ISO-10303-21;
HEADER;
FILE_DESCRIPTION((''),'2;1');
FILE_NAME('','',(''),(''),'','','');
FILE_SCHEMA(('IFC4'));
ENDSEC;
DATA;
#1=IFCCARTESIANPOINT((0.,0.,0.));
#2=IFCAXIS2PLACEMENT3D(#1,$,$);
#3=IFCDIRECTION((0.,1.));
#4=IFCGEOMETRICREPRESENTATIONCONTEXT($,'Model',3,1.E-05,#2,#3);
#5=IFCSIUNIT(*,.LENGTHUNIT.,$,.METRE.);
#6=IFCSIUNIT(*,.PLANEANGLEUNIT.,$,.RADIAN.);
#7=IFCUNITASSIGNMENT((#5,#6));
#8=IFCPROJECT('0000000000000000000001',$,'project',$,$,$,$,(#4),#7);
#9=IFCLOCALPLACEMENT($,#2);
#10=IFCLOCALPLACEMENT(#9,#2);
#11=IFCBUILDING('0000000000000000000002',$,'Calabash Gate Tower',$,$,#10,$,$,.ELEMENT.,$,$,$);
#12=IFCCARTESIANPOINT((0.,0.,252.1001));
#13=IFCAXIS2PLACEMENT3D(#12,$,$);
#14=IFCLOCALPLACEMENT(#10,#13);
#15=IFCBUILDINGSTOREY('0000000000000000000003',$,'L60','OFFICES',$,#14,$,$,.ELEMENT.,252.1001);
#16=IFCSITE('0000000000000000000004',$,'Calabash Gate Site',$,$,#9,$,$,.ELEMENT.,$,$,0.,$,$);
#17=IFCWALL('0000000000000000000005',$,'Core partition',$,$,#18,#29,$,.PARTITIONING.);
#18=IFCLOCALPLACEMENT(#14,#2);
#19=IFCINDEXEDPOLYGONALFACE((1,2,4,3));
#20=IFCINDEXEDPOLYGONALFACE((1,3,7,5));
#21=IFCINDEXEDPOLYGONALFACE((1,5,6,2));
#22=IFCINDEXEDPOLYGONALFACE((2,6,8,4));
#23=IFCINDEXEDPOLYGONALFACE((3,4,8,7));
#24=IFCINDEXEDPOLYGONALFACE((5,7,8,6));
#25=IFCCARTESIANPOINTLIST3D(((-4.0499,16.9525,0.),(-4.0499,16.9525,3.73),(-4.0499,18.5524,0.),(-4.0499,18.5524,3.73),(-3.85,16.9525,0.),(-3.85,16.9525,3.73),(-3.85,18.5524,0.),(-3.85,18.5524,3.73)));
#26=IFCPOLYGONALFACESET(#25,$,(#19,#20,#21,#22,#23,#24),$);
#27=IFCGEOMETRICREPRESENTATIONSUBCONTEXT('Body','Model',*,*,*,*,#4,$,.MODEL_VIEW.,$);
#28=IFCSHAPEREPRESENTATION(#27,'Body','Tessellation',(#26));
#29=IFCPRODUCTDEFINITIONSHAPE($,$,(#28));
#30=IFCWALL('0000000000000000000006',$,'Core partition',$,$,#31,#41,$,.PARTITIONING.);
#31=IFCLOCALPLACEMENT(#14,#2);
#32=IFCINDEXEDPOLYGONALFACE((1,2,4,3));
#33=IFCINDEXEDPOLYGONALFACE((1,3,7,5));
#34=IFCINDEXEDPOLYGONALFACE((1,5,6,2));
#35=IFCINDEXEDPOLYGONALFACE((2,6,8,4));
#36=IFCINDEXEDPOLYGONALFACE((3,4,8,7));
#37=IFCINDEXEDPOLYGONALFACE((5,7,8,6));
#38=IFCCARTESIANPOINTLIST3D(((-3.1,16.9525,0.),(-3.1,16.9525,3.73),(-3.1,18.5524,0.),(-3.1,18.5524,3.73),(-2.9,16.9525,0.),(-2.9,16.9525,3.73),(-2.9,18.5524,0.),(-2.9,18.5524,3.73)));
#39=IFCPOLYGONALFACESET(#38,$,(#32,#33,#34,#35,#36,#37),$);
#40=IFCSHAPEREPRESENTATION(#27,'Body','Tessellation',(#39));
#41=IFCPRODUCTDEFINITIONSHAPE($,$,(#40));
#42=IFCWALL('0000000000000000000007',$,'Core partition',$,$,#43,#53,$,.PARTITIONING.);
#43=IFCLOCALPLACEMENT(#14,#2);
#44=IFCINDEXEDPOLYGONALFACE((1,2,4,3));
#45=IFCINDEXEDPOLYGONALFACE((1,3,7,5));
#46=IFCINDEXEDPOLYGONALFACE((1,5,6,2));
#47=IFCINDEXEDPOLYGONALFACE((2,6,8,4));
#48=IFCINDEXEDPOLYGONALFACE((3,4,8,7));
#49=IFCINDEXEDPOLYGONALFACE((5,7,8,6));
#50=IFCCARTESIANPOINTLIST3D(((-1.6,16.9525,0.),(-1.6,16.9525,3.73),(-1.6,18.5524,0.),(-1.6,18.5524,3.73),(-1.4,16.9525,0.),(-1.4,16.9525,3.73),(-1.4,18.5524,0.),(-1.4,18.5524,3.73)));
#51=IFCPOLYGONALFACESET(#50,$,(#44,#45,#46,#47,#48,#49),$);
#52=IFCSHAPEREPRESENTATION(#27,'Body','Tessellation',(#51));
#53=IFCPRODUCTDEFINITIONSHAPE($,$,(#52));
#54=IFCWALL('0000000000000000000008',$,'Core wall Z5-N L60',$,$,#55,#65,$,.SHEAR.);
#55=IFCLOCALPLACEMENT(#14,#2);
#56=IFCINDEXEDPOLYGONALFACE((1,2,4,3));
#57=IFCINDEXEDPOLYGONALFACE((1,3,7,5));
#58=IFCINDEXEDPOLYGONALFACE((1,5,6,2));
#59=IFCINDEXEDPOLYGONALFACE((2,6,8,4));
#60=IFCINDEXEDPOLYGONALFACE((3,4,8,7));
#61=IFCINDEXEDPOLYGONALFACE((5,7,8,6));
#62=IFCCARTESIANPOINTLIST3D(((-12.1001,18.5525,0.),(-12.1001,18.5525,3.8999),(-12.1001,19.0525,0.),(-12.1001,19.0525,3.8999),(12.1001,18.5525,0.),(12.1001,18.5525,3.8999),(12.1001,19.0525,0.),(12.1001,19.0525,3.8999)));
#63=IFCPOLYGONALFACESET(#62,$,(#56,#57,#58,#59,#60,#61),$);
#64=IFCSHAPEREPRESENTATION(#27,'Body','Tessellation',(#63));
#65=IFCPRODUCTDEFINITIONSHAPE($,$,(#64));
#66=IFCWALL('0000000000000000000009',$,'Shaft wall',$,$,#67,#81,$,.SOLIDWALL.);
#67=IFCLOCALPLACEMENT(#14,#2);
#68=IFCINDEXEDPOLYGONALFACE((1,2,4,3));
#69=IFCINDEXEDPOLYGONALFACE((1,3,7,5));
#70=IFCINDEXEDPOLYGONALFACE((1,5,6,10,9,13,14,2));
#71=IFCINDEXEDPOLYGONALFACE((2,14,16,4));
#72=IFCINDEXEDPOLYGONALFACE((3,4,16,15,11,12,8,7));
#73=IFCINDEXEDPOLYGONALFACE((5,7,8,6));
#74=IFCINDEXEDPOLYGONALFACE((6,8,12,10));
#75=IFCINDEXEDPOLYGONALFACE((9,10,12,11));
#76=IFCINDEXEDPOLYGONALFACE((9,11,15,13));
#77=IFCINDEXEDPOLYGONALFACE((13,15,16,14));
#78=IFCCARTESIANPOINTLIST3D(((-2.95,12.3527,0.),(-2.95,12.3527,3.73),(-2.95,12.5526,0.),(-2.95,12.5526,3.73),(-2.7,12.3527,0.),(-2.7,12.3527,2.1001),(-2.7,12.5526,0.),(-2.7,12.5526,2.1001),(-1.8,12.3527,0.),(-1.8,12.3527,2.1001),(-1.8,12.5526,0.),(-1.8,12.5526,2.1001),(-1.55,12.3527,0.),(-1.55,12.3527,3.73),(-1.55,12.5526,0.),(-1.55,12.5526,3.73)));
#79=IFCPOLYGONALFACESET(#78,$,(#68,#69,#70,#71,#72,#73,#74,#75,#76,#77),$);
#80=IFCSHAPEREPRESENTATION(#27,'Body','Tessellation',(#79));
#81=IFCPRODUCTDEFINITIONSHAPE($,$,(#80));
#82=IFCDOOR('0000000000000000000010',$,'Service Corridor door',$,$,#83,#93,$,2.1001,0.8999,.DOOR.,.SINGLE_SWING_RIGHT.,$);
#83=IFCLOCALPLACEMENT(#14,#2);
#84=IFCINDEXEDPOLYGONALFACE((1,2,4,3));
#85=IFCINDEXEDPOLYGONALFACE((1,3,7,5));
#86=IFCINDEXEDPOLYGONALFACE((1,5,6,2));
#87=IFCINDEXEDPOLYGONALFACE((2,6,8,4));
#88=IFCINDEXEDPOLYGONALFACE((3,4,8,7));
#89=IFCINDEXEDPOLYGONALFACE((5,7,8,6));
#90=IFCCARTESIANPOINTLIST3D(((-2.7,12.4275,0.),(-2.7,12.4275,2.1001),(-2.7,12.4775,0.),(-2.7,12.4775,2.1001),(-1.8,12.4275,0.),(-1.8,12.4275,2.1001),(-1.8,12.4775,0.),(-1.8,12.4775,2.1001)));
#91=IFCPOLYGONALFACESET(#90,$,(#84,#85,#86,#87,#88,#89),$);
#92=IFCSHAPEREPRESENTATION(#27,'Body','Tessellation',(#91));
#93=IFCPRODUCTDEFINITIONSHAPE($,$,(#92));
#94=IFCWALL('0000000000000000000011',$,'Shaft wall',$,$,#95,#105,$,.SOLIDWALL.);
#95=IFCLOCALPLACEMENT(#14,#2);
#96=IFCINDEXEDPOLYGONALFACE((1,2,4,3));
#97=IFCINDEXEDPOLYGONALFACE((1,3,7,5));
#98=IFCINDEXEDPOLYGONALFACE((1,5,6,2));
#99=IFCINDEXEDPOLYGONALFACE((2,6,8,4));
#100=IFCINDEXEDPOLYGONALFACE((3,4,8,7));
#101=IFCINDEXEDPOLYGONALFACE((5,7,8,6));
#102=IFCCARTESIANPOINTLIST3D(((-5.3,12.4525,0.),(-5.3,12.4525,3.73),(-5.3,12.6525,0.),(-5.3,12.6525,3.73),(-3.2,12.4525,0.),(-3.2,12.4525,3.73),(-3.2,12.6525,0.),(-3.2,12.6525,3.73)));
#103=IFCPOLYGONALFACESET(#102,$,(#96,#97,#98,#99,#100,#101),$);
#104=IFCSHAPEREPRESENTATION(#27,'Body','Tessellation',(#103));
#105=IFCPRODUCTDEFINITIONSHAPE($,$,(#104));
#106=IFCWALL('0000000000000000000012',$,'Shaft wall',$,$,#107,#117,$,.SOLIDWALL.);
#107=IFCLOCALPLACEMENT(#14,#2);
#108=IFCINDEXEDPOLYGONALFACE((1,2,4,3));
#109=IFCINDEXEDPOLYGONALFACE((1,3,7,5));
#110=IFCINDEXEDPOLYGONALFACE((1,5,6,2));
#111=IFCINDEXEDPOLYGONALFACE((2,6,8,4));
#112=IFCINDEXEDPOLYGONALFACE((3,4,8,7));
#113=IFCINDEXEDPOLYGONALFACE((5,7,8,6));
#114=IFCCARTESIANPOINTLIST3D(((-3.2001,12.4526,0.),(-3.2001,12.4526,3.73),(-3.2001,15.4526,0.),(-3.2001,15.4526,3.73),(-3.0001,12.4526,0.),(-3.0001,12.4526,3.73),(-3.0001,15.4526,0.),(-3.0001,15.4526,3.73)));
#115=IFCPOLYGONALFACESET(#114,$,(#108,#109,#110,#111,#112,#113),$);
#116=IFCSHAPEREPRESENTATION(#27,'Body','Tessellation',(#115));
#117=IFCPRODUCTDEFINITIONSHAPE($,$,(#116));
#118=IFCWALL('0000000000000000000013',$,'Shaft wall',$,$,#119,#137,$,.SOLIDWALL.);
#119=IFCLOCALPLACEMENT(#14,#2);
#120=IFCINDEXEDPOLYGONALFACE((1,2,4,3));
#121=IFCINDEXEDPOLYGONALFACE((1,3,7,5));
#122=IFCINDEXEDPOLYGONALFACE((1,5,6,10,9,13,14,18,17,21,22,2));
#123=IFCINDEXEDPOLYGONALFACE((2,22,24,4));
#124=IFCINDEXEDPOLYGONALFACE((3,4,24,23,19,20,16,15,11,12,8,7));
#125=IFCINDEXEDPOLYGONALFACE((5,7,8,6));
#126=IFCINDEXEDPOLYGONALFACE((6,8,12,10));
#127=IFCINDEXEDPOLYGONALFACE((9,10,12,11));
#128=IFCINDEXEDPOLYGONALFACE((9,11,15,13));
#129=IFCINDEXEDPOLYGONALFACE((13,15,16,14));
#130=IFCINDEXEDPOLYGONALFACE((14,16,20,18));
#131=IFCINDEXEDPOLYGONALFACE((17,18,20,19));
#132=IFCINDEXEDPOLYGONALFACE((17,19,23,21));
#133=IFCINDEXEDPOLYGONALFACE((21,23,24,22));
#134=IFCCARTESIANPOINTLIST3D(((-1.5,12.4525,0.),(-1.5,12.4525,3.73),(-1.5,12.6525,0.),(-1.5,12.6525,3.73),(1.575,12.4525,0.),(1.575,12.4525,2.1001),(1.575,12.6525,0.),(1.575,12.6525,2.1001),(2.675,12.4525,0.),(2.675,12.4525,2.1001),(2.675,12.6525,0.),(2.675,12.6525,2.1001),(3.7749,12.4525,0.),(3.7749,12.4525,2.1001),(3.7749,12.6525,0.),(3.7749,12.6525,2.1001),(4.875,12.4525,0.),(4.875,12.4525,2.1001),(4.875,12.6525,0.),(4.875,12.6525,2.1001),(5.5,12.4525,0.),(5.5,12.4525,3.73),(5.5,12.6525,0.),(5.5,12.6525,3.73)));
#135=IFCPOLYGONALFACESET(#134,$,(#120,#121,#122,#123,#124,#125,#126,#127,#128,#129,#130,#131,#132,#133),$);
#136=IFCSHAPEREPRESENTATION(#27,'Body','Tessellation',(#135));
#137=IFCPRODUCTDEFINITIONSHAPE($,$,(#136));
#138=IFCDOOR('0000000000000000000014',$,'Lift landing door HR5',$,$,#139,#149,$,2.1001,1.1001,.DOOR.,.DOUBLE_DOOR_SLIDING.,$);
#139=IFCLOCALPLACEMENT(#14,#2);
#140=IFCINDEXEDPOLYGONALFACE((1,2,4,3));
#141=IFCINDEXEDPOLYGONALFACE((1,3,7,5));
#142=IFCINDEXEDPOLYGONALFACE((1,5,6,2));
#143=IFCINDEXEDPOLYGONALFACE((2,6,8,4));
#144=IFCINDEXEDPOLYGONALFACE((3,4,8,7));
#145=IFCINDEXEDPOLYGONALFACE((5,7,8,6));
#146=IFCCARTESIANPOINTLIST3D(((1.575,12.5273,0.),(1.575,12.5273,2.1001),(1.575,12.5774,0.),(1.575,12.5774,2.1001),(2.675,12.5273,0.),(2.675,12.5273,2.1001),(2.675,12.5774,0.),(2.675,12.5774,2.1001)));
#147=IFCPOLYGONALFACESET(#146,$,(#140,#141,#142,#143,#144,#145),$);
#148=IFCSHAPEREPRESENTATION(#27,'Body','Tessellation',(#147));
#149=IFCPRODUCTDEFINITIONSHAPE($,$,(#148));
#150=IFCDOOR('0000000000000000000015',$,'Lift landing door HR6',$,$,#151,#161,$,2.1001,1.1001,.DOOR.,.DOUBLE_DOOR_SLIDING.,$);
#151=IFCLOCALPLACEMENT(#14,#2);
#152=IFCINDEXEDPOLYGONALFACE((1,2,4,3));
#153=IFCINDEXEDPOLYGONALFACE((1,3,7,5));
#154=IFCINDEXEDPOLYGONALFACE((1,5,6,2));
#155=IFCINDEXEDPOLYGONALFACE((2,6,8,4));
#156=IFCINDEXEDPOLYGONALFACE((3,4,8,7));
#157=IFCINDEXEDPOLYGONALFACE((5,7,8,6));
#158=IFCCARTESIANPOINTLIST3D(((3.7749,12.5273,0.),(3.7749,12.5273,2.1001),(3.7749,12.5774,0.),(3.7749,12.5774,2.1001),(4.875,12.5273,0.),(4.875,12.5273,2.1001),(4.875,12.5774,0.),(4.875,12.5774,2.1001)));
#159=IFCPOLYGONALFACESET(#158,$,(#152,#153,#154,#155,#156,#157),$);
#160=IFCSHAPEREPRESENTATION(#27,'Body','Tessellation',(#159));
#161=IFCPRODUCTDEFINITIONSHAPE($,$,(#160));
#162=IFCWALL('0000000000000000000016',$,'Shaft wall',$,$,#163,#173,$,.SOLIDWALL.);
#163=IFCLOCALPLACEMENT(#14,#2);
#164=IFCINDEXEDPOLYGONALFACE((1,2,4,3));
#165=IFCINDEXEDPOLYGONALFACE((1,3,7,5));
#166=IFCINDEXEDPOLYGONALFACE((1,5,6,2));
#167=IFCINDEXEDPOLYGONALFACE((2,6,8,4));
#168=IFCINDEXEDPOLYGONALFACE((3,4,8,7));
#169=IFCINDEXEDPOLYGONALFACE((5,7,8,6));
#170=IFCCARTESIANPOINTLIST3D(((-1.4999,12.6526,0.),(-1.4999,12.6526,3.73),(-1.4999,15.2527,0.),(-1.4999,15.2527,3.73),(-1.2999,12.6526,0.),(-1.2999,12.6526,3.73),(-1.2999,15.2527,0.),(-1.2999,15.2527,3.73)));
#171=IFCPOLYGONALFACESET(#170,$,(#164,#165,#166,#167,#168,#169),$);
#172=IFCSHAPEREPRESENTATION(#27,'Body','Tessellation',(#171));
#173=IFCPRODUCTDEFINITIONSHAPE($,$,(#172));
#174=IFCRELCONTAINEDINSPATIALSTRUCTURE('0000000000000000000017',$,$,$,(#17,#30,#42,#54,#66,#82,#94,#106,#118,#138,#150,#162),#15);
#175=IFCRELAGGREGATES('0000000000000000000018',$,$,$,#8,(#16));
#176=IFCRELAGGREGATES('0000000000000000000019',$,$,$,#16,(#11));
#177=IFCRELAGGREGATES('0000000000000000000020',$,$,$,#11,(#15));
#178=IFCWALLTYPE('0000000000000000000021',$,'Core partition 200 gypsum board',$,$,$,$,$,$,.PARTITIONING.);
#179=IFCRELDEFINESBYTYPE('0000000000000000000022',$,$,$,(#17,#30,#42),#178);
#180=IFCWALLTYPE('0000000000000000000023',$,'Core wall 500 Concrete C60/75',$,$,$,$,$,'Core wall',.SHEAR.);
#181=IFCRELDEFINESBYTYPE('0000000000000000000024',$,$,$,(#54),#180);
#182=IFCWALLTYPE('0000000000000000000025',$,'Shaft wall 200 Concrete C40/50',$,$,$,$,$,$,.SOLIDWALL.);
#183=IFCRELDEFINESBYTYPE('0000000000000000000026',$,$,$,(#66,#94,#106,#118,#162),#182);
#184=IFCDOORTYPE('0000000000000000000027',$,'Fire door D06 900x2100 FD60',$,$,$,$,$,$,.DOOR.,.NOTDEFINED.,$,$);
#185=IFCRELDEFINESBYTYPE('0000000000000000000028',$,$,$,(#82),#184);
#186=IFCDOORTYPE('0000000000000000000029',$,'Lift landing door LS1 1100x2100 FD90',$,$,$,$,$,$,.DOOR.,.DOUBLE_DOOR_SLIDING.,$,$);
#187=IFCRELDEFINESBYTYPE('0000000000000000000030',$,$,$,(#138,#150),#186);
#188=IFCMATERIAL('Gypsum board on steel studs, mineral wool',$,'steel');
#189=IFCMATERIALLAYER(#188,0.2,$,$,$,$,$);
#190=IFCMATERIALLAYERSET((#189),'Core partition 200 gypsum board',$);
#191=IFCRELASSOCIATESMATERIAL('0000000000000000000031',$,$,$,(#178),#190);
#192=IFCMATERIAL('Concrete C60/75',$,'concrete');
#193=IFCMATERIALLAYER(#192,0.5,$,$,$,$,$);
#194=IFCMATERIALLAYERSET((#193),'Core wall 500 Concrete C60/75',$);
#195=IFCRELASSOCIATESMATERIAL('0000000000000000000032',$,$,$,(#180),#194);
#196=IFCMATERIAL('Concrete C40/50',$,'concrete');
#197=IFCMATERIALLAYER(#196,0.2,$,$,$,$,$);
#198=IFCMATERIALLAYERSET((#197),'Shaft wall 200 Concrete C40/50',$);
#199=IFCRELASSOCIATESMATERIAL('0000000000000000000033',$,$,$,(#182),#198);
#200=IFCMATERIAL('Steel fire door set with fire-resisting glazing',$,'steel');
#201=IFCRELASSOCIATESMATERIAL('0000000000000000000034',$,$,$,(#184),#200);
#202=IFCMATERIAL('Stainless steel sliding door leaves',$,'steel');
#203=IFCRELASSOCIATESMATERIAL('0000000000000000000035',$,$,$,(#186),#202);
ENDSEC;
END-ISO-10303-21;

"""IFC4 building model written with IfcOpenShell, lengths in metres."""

from ifc_helpers import new_model, si_unit, direction, frame, frame_2d, origin, place, context, subcontext, project, spatial, rectangle, extrude, material, layer, layer_set, type_object, element, fill, save


model = new_model("IFC4")

# Units and contexts
model_context = context("Model", 3, precision=1e-05, world=origin(), true_north=direction((0.0, 1.0)))
body_context = subcontext(model_context, "Body", "Model", "MODEL_VIEW")
ifc_project = project(units=[si_unit("LENGTHUNIT", "METRE"), si_unit("PLANEANGLEUNIT", "RADIAN")], contexts=[model_context])

# Site, building, storey
site_placement = place(None, origin())
site = spatial("IfcSite", under=ifc_project, at=site_placement, Name="Calabash Gate Site", CompositionType="ELEMENT", RefElevation=0.0)
building_placement = place(site_placement, origin())
building = spatial("IfcBuilding", under=site, at=building_placement, Name="Calabash Gate Tower", CompositionType="ELEMENT")
storey_placement = place(building_placement, frame((0.0, 0.0, 252.1001)))
storey = spatial("IfcBuildingStorey", under=building, at=storey_placement, Name="L60", Description="OFFICES", CompositionType="ELEMENT", Elevation=252.1001)

# Walls
ifc_material_1 = material(Name="Gypsum board on steel studs, mineral wool", Category="steel")
ifc_layer_1 = layer(ifc_material_1, 0.2)
ifc_layer_set_1 = layer_set([ifc_layer_1], Name="Core partition 200 gypsum board")
wall_type_1 = type_object("IfcWallType", Name="Core partition 200 gypsum board", PredefinedType="PARTITIONING", material=ifc_layer_set_1)
for number, where, z_axis, x_axis, name in (
    (1, (-3.95, 16.9526, 0.0), (0.0, 0.0, 1.0), (0.0, 1.0, 0.0), "Core partition"),
    (2, (-3.0, 16.9526, 0.0), (0.0, 0.0, 1.0), (0.0, 1.0, 0.0), "Core partition"),
    (3, (-1.5, 16.9526, 0.0), (0.0, 0.0, 1.0), (0.0, 1.0, 0.0), "Core partition"),
):
    element("IfcWall", number, at=place(storey_placement, frame(where, z_axis=z_axis, x_axis=x_axis)), inside=storey, type_object=wall_type_1, Name=name, PredefinedType="PARTITIONING", context=body_context, shape_type="SweptSolid", body=[
        extrude(rectangle(XDim=1.5999, YDim=0.2, at=frame_2d((0.7998, 0.0))), origin(), (0.0, 0.0, 1.0), 3.73),
    ])
ifc_material_2 = material(Name="Concrete C60/75", Category="concrete")
ifc_layer_2 = layer(ifc_material_2, 0.5)
ifc_layer_set_2 = layer_set([ifc_layer_2], Name="Core wall 500 Concrete C60/75")
wall_type_2 = type_object("IfcWallType", Name="Core wall 500 Concrete C60/75", ElementType="Core wall", PredefinedType="SHEAR", material=ifc_layer_set_2)
wall_1_placement = place(storey_placement, frame((-12.1001, 18.8025, 0.0), z_axis=(0.0, 0.0, 1.0), x_axis=(1.0, 0.0, 0.0)))
element("IfcWall", 4, at=wall_1_placement, inside=storey, type_object=wall_type_2, Name="Core wall Z5-N L60", PredefinedType="SHEAR", context=body_context, shape_type="SweptSolid", body=[
    extrude(rectangle(XDim=24.2002, YDim=0.5, at=frame_2d((12.1001, 0.0))), origin(), (0.0, 0.0, 1.0), 3.8999),
])

# Wall, opening, door
ifc_material_3 = material(Name="Concrete C40/50", Category="concrete")
ifc_layer_3 = layer(ifc_material_3, 0.2)
ifc_layer_set_3 = layer_set([ifc_layer_3], Name="Shaft wall 200 Concrete C40/50")
wall_type_3 = type_object("IfcWallType", Name="Shaft wall 200 Concrete C40/50", PredefinedType="SOLIDWALL", material=ifc_layer_set_3)
wall_2_placement = place(storey_placement, frame((-2.95, 12.4526, 0.0), z_axis=(0.0, 0.0, 1.0), x_axis=(1.0, 0.0, 0.0)))
wall_2 = element("IfcWall", 5, at=wall_2_placement, inside=storey, type_object=wall_type_3, Name="Shaft wall", PredefinedType="SOLIDWALL", context=body_context, shape_type="SweptSolid", body=[
    extrude(rectangle(XDim=1.3999, YDim=0.2, at=frame_2d((0.7, 0.0))), origin(), (0.0, 0.0, 1.0), 3.73),
])
opening_1_placement = place(wall_2_placement, frame((0.25, 0.0, 0.0)))
opening_1 = element("IfcOpeningElement", 6, at=opening_1_placement, cuts=wall_2, PredefinedType="OPENING", context=body_context, shape_type="SweptSolid", body=[
    extrude(rectangle(XDim=0.8999, YDim=2.1001, at=frame_2d((0.45, 1.05))), frame((0.0, 0.1099, 0.0), z_axis=(0.0, -1.0, 0.0), x_axis=(1.0, 0.0, 0.0)), (0.0, 0.0, 1.0), 0.22),
])
ifc_material_4 = material(Name="Steel fire door set with fire-resisting glazing", Category="steel")
door_type_1 = type_object("IfcDoorType", Name="Fire door D06 900x2100 FD60", OperationType="NOTDEFINED", PredefinedType="DOOR", material=ifc_material_4)
door_1_placement = place(opening_1_placement, origin())
door_1 = element("IfcDoor", 7, at=door_1_placement, inside=storey, type_object=door_type_1, Name="Service Corridor door", OperationType="SINGLE_SWING_RIGHT", OverallHeight=2.1001, OverallWidth=0.8999, PredefinedType="DOOR", context=body_context, shape_type="SweptSolid", body=[
    extrude(rectangle(XDim=0.8999, YDim=2.1001, at=frame_2d((0.45, 1.05))), frame((0.0, 0.0249, 0.0), z_axis=(0.0, -1.0, 0.0), x_axis=(1.0, 0.0, 0.0)), (0.0, 0.0, 1.0), 0.05),
])
fill(opening_1, door_1)

# Walls
wall_3_placement = place(storey_placement, frame((-5.3, 12.5525, 0.0), z_axis=(0.0, 0.0, 1.0), x_axis=(1.0, 0.0, 0.0)))
element("IfcWall", 8, at=wall_3_placement, inside=storey, type_object=wall_type_3, Name="Shaft wall", PredefinedType="SOLIDWALL", context=body_context, shape_type="SweptSolid", body=[
    extrude(rectangle(XDim=2.1001, YDim=0.2, at=frame_2d((1.05, 0.0))), origin(), (0.0, 0.0, 1.0), 3.73),
])
wall_4_placement = place(storey_placement, frame((-3.1001, 12.4526, 0.0), z_axis=(0.0, 0.0, 1.0), x_axis=(0.0, 1.0, 0.0)))
element("IfcWall", 9, at=wall_4_placement, inside=storey, type_object=wall_type_3, Name="Shaft wall", PredefinedType="SOLIDWALL", context=body_context, shape_type="SweptSolid", body=[
    extrude(rectangle(XDim=3.0, YDim=0.2, at=frame_2d((1.5, 0.0))), origin(), (0.0, 0.0, 1.0), 3.73),
])

# Wall, openings, doors
wall_5_placement = place(storey_placement, frame((-1.5, 12.5525, 0.0), z_axis=(0.0, 0.0, 1.0), x_axis=(1.0, 0.0, 0.0)))
wall_5 = element("IfcWall", 10, at=wall_5_placement, inside=storey, type_object=wall_type_3, Name="Shaft wall", PredefinedType="SOLIDWALL", context=body_context, shape_type="SweptSolid", body=[
    extrude(rectangle(XDim=7.0, YDim=0.2, at=frame_2d((3.5, 0.0))), origin(), (0.0, 0.0, 1.0), 3.73),
])
opening_2_placement = place(wall_5_placement, frame((3.075, 0.0, 0.0)))
opening_2 = element("IfcOpeningElement", 11, at=opening_2_placement, cuts=wall_5, PredefinedType="OPENING", context=body_context, shape_type="SweptSolid", body=[
    extrude(rectangle(XDim=1.1001, YDim=2.1001, at=frame_2d((0.55, 1.05))), frame((0.0, 0.1099, 0.0), z_axis=(0.0, -1.0, 0.0), x_axis=(1.0, 0.0, 0.0)), (0.0, 0.0, 1.0), 0.22),
])
opening_3_placement = place(wall_5_placement, frame((5.2749, 0.0, 0.0)))
opening_3 = element("IfcOpeningElement", 12, at=opening_3_placement, cuts=wall_5, PredefinedType="OPENING", context=body_context, shape_type="SweptSolid", body=[
    extrude(rectangle(XDim=1.1001, YDim=2.1001, at=frame_2d((0.55, 1.05))), frame((0.0, 0.1099, 0.0), z_axis=(0.0, -1.0, 0.0), x_axis=(1.0, 0.0, 0.0)), (0.0, 0.0, 1.0), 0.22),
])
ifc_material_5 = material(Name="Stainless steel sliding door leaves", Category="steel")
door_type_2 = type_object("IfcDoorType", Name="Lift landing door LS1 1100x2100 FD90", OperationType="DOUBLE_DOOR_SLIDING", PredefinedType="DOOR", material=ifc_material_5)
door_2_placement = place(opening_2_placement, origin())
door_2 = element("IfcDoor", 13, at=door_2_placement, inside=storey, type_object=door_type_2, Name="Lift landing door HR5", OperationType="DOUBLE_DOOR_SLIDING", OverallHeight=2.1001, OverallWidth=1.1001, PredefinedType="DOOR", context=body_context, shape_type="SweptSolid", body=[
    extrude(rectangle(XDim=1.1001, YDim=2.1001, at=frame_2d((0.55, 1.05))), frame((0.0, 0.0249, 0.0), z_axis=(0.0, -1.0, 0.0), x_axis=(1.0, 0.0, 0.0)), (0.0, 0.0, 1.0), 0.05),
])
fill(opening_2, door_2)
door_3_placement = place(opening_3_placement, origin())
door_3 = element("IfcDoor", 14, at=door_3_placement, inside=storey, type_object=door_type_2, Name="Lift landing door HR6", OperationType="DOUBLE_DOOR_SLIDING", OverallHeight=2.1001, OverallWidth=1.1001, PredefinedType="DOOR", context=body_context, shape_type="SweptSolid", body=[
    extrude(rectangle(XDim=1.1001, YDim=2.1001, at=frame_2d((0.55, 1.05))), frame((0.0, 0.0249, 0.0), z_axis=(0.0, -1.0, 0.0), x_axis=(1.0, 0.0, 0.0)), (0.0, 0.0, 1.0), 0.05),
])
fill(opening_3, door_3)

# Wall
wall_6_placement = place(storey_placement, frame((-1.3999, 12.6526, 0.0), z_axis=(0.0, 0.0, 1.0), x_axis=(0.0, 1.0, 0.0)))
element("IfcWall", 15, at=wall_6_placement, inside=storey, type_object=wall_type_3, Name="Shaft wall", PredefinedType="SOLIDWALL", context=body_context, shape_type="SweptSolid", body=[
    extrude(rectangle(XDim=2.6001, YDim=0.2, at=frame_2d((1.3, 0.0))), origin(), (0.0, 0.0, 1.0), 3.73),
])

save(model, "model.ifc")
